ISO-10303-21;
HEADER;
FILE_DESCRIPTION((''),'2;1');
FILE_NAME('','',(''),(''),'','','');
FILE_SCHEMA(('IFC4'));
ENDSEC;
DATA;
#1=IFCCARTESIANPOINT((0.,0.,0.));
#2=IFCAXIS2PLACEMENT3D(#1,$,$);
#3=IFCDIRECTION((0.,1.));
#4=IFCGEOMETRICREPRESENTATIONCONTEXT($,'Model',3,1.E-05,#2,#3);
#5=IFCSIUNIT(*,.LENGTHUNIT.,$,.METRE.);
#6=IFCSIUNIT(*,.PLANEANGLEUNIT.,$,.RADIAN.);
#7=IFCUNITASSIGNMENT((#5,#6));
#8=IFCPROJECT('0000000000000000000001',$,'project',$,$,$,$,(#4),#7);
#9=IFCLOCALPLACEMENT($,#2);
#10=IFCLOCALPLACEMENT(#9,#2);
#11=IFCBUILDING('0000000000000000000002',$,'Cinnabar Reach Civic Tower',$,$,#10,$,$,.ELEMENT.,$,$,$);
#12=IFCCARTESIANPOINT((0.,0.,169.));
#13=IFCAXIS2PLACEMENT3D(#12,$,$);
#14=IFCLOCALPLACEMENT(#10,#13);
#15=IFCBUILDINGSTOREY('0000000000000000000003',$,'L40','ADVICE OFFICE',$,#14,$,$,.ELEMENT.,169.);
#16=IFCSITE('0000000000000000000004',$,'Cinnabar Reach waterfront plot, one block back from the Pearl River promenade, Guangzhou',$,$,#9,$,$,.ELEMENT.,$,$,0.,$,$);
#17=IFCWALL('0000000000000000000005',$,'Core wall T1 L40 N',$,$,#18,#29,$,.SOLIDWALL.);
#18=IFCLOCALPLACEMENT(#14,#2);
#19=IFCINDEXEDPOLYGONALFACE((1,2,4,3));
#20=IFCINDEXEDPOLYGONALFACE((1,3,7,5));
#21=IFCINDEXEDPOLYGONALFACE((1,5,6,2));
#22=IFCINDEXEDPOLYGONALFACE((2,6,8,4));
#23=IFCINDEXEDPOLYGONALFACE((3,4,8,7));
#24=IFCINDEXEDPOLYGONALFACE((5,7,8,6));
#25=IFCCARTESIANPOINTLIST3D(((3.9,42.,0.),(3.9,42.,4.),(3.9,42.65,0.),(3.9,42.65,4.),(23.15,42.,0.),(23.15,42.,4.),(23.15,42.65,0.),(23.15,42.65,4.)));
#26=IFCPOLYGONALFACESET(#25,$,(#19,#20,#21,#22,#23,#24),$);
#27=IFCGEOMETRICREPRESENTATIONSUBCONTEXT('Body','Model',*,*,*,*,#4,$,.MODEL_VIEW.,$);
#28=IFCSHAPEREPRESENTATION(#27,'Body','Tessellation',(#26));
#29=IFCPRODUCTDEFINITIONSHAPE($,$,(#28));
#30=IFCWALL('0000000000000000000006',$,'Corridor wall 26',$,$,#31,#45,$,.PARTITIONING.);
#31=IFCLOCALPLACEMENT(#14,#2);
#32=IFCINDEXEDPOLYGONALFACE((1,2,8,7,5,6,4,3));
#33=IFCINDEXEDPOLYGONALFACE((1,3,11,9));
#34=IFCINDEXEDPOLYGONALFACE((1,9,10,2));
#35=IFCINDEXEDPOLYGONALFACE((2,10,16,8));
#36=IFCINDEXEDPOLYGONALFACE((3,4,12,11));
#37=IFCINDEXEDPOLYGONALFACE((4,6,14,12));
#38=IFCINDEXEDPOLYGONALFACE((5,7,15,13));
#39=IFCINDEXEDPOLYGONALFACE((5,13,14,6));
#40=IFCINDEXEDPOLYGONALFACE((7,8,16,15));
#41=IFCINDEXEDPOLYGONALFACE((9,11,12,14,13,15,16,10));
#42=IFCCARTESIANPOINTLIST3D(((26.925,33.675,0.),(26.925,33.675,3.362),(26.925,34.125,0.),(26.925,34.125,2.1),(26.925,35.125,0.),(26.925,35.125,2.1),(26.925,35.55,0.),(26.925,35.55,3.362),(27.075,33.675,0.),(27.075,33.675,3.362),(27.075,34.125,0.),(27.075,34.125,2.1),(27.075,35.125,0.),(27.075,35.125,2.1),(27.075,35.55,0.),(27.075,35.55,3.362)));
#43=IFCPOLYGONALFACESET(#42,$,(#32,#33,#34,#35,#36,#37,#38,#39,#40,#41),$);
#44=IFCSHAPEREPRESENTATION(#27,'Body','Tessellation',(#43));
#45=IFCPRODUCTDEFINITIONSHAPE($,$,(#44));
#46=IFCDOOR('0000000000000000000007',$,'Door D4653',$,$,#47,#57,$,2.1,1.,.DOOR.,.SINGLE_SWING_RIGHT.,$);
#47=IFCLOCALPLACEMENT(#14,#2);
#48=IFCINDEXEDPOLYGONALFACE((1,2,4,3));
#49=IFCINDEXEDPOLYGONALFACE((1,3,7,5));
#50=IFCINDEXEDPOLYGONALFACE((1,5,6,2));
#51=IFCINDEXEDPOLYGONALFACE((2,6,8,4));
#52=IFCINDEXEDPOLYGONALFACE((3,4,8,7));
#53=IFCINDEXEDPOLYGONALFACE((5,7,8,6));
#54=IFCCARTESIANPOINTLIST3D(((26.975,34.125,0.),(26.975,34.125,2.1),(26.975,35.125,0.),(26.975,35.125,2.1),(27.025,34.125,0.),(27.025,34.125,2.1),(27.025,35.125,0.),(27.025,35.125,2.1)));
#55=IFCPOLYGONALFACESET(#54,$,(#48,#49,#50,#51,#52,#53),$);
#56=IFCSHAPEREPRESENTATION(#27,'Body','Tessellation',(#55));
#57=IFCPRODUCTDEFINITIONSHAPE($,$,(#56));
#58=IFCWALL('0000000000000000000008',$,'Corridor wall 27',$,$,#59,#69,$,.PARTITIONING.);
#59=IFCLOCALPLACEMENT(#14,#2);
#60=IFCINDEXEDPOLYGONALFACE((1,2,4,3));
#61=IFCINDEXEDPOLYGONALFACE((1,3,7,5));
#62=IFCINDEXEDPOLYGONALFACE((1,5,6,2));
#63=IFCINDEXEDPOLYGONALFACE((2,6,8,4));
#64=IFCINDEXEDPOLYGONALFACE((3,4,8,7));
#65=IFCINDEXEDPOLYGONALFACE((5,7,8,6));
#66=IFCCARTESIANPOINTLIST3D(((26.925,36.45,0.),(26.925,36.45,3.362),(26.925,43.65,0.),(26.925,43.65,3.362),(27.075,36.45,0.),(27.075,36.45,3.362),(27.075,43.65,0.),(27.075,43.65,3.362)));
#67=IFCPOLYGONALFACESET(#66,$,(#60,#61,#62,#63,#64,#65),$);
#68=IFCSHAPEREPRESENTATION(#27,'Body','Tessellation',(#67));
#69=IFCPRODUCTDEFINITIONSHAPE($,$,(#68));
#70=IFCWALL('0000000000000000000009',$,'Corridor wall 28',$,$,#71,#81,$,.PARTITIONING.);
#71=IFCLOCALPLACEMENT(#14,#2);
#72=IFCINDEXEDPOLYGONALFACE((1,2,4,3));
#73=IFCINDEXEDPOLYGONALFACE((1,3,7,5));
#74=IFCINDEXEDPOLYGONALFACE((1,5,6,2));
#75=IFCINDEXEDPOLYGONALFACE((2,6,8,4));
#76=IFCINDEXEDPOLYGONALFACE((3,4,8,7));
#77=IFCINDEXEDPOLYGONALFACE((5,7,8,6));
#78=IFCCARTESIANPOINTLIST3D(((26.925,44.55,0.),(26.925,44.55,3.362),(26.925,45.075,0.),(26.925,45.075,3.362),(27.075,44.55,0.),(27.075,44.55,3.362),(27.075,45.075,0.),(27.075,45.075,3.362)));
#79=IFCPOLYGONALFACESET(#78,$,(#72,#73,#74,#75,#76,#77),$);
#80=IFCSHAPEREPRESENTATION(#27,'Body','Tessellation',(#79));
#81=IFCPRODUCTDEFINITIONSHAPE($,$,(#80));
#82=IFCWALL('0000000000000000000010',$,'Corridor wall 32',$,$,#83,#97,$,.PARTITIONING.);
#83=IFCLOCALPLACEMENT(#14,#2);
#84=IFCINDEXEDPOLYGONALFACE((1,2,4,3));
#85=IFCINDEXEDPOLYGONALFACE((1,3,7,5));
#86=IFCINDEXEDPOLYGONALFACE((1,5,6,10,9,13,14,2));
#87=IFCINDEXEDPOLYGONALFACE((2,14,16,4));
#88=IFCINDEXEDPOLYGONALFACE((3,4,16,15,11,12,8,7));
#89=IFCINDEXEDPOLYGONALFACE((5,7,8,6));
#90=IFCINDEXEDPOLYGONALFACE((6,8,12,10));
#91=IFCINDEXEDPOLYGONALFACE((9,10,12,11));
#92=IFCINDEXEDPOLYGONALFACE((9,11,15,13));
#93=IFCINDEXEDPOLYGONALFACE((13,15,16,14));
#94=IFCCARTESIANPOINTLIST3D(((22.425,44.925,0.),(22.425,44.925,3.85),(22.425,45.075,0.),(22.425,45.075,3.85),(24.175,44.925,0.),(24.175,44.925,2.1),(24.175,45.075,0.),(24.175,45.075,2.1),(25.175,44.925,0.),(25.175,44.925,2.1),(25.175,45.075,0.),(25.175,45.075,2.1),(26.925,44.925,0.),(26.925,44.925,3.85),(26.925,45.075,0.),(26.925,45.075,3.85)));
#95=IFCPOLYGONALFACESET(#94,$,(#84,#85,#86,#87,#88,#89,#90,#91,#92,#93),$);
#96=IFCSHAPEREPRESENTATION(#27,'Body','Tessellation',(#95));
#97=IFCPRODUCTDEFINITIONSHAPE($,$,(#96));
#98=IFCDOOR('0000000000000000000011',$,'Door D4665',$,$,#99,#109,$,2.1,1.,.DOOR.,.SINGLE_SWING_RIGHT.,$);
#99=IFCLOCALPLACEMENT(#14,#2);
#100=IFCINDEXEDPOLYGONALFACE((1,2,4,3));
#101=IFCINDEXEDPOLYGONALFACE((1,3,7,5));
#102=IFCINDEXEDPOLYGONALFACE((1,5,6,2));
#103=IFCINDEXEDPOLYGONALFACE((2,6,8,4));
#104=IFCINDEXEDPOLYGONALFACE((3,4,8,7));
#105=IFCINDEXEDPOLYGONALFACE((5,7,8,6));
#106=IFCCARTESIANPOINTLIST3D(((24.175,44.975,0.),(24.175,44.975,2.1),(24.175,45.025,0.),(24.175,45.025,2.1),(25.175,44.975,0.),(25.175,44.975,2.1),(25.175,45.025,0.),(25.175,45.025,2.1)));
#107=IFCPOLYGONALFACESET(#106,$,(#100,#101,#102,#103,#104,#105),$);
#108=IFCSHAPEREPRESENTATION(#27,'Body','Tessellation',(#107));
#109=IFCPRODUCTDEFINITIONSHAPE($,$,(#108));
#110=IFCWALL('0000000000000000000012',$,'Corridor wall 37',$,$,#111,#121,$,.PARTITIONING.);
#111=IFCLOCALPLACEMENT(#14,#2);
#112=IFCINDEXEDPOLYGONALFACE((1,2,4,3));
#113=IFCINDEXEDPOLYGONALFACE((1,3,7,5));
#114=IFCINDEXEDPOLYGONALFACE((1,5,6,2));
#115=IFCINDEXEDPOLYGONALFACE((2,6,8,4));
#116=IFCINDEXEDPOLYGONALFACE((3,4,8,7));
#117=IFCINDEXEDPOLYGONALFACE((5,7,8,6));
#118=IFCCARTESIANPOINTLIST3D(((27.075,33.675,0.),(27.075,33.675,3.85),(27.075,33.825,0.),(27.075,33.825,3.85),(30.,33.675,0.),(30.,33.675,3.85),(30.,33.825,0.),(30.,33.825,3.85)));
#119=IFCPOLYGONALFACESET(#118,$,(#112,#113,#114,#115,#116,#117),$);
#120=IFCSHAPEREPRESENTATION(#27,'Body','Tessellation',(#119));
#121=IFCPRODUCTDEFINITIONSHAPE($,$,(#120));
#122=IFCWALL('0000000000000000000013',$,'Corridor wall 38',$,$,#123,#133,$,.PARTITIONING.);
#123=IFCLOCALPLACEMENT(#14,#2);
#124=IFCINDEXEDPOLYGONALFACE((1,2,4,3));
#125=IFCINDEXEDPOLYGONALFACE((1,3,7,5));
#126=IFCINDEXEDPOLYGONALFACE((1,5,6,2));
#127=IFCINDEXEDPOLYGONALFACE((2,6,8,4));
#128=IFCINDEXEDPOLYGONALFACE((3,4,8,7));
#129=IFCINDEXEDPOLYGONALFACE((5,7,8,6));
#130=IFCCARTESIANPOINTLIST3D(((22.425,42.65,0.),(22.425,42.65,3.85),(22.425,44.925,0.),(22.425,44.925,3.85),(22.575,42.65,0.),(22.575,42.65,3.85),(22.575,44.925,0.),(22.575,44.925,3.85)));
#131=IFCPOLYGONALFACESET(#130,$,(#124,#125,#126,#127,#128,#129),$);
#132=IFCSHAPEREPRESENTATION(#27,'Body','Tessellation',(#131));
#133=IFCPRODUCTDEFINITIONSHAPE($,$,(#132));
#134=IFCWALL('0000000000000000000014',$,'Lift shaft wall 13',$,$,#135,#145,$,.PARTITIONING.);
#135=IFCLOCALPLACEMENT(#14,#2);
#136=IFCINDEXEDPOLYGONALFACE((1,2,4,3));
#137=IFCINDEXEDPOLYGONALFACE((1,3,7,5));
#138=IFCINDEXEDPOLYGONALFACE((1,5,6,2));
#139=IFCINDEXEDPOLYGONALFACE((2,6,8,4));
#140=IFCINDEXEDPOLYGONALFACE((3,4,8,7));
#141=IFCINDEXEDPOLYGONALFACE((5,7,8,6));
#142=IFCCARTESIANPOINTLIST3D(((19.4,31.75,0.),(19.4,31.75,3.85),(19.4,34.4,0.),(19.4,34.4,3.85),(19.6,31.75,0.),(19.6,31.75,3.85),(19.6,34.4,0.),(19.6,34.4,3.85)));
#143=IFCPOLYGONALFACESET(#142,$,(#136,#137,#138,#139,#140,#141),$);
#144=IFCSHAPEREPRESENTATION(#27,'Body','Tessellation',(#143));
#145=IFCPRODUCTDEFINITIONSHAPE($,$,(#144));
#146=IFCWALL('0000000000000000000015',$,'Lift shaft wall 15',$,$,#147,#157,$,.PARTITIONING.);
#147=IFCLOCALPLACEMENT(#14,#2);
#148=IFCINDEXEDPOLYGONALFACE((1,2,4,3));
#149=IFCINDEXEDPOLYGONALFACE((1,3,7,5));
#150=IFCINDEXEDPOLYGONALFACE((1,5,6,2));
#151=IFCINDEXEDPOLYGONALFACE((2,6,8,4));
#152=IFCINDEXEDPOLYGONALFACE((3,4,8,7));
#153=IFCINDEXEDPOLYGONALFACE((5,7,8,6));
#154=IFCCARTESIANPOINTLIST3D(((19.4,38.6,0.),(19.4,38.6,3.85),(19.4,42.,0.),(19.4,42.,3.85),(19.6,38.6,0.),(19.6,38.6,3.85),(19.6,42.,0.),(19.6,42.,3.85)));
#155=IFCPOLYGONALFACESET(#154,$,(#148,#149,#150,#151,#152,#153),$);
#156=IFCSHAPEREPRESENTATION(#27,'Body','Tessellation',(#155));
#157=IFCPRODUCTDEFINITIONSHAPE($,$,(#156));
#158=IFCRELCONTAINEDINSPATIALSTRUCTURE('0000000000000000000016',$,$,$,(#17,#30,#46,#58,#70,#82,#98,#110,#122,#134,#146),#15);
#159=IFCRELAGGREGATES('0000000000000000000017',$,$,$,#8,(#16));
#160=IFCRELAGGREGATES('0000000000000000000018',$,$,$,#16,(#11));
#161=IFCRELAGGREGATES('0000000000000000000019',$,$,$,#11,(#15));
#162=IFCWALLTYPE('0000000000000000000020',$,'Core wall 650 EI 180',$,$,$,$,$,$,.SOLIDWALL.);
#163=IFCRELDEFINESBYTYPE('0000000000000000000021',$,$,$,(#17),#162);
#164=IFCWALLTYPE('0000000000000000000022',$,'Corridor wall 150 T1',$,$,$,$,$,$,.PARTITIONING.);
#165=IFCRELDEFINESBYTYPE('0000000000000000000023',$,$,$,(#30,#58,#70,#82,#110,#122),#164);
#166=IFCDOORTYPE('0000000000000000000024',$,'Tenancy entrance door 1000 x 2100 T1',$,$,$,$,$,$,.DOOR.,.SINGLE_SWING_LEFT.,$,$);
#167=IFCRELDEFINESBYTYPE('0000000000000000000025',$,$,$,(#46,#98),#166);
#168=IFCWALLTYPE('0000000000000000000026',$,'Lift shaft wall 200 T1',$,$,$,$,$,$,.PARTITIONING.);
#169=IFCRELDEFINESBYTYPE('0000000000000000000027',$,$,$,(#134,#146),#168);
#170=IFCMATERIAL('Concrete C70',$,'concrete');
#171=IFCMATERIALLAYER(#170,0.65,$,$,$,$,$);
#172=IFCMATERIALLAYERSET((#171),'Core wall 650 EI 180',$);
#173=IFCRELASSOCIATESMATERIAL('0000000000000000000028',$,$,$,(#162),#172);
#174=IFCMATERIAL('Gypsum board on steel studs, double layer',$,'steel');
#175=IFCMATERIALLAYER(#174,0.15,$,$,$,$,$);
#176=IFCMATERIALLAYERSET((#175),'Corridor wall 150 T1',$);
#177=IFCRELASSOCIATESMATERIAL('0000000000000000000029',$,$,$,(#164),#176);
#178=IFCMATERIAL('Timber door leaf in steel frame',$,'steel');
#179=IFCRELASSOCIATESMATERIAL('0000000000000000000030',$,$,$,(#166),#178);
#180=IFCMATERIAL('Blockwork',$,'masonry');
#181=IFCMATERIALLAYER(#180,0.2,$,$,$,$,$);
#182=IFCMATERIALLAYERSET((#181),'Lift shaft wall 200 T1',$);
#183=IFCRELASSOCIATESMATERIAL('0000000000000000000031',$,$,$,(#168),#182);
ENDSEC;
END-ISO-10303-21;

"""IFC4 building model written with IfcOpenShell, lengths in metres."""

from ifc_helpers import new_model, si_unit, direction, frame, frame_2d, origin, place, context, subcontext, project, spatial, rectangle, extrude, material, layer, layer_set, type_object, element, fill, save


model = new_model("IFC4")

# Units and contexts
model_context = context("Model", 3, precision=1e-05, world=origin(), true_north=direction((0.0, 1.0)))
body_context = subcontext(model_context, "Body", "Model", "MODEL_VIEW")
ifc_project = project(units=[si_unit("LENGTHUNIT", "METRE"), si_unit("PLANEANGLEUNIT", "RADIAN")], contexts=[model_context])

# Site, building, storey
site_placement = place(None, origin())
site = spatial("IfcSite", under=ifc_project, at=site_placement, Name="Cinnabar Reach waterfront plot, one block back from the Pearl River promenade, Guangzhou", CompositionType="ELEMENT", RefElevation=0.0)
building_placement = place(site_placement, origin())
building = spatial("IfcBuilding", under=site, at=building_placement, Name="Cinnabar Reach Civic Tower", CompositionType="ELEMENT")
storey_placement = place(building_placement, frame((0.0, 0.0, 169.0)))
storey = spatial("IfcBuildingStorey", under=building, at=storey_placement, Name="L40", Description="ADVICE OFFICE", CompositionType="ELEMENT", Elevation=169.0)

# Shared definitions
ifc_material_1 = material(Name="Concrete C70", Category="concrete")

# Wall
ifc_layer_1 = layer(ifc_material_1, 0.65)
ifc_layer_set_1 = layer_set([ifc_layer_1], Name="Core wall 650 EI 180")
wall_type_1 = type_object("IfcWallType", Name="Core wall 650 EI 180", PredefinedType="SOLIDWALL", material=ifc_layer_set_1)
wall_1_placement = place(storey_placement, frame((23.15, 42.325, 0.0), z_axis=(0.0, 0.0, 1.0), x_axis=(-1.0, 0.0, 0.0)))
element("IfcWall", 1, at=wall_1_placement, inside=storey, type_object=wall_type_1, Name="Core wall T1 L40 N", PredefinedType="SOLIDWALL", context=body_context, shape_type="SweptSolid", body=[
    extrude(rectangle(XDim=19.25, YDim=0.65, at=frame_2d((9.625, 0.0))), origin(), (0.0, 0.0, 1.0), 4.0),
])

# Wall, opening, door
ifc_material_2 = material(Name="Gypsum board on steel studs, double layer", Category="steel")
ifc_layer_2 = layer(ifc_material_2, 0.15)
ifc_layer_set_2 = layer_set([ifc_layer_2], Name="Corridor wall 150 T1")
wall_type_2 = type_object("IfcWallType", Name="Corridor wall 150 T1", PredefinedType="PARTITIONING", material=ifc_layer_set_2)
wall_2_placement = place(storey_placement, frame((27.0, 33.675, 0.0), z_axis=(0.0, 0.0, 1.0), x_axis=(0.0, 1.0, 0.0)))
wall_2 = element("IfcWall", 2, at=wall_2_placement, inside=storey, type_object=wall_type_2, Name="Corridor wall 26", PredefinedType="PARTITIONING", context=body_context, shape_type="SweptSolid", body=[
    extrude(rectangle(XDim=1.875, YDim=0.15, at=frame_2d((0.9375, 0.0))), origin(), (0.0, 0.0, 1.0), 3.362),
])
opening_1_placement = place(wall_2_placement, frame((0.45, 0.0, 0.0)))
opening_1 = element("IfcOpeningElement", 3, at=opening_1_placement, cuts=wall_2, PredefinedType="OPENING", context=body_context, shape_type="SweptSolid", body=[
    extrude(rectangle(XDim=1.0, YDim=2.1, at=frame_2d((0.5, 1.05))), frame((0.0, 0.085, 0.0), z_axis=(0.0, -1.0, 0.0), x_axis=(1.0, 0.0, 0.0)), (0.0, 0.0, 1.0), 0.17),
])
ifc_material_3 = material(Name="Timber door leaf in steel frame", Category="steel")
door_type_1 = type_object("IfcDoorType", Name="Tenancy entrance door 1000 x 2100 T1", OperationType="SINGLE_SWING_LEFT", PredefinedType="DOOR", material=ifc_material_3)
door_1_placement = place(opening_1_placement, frame((1.0, 0.0, 0.0), z_axis=(0.0, 0.0, 1.0), x_axis=(-1.0, 0.0, 0.0)))
door_1 = element("IfcDoor", 4, at=door_1_placement, inside=storey, type_object=door_type_1, Name="Door D4653", OperationType="SINGLE_SWING_RIGHT", OverallHeight=2.1, OverallWidth=1.0, PredefinedType="DOOR", context=body_context, shape_type="SweptSolid", body=[
    extrude(rectangle(XDim=1.0, YDim=2.1, at=frame_2d((0.5, 1.05))), frame((0.0, 0.025, 0.0), z_axis=(0.0, -1.0, 0.0), x_axis=(1.0, 0.0, 0.0)), (0.0, 0.0, 1.0), 0.05),
])
fill(opening_1, door_1)

# Walls
wall_3_placement = place(storey_placement, frame((27.0, 36.45, 0.0), z_axis=(0.0, 0.0, 1.0), x_axis=(0.0, 1.0, 0.0)))
element("IfcWall", 5, at=wall_3_placement, inside=storey, type_object=wall_type_2, Name="Corridor wall 27", PredefinedType="PARTITIONING", context=body_context, shape_type="SweptSolid", body=[
    extrude(rectangle(XDim=7.2, YDim=0.15, at=frame_2d((3.6, 0.0))), origin(), (0.0, 0.0, 1.0), 3.362),
])
wall_4_placement = place(storey_placement, frame((27.0, 44.55, 0.0), z_axis=(0.0, 0.0, 1.0), x_axis=(0.0, 1.0, 0.0)))
element("IfcWall", 6, at=wall_4_placement, inside=storey, type_object=wall_type_2, Name="Corridor wall 28", PredefinedType="PARTITIONING", context=body_context, shape_type="SweptSolid", body=[
    extrude(rectangle(XDim=0.525, YDim=0.15, at=frame_2d((0.2625, 0.0))), origin(), (0.0, 0.0, 1.0), 3.362),
])

# Wall, opening, door
wall_5_placement = place(storey_placement, frame((22.425, 45.0, 0.0), z_axis=(0.0, 0.0, 1.0), x_axis=(1.0, 0.0, 0.0)))
wall_5 = element("IfcWall", 7, at=wall_5_placement, inside=storey, type_object=wall_type_2, Name="Corridor wall 32", PredefinedType="PARTITIONING", context=body_context, shape_type="SweptSolid", body=[
    extrude(rectangle(XDim=4.5, YDim=0.15, at=frame_2d((2.25, 0.0))), origin(), (0.0, 0.0, 1.0), 3.85),
])
opening_2_placement = place(wall_5_placement, frame((1.75, 0.0, 0.0)))
opening_2 = element("IfcOpeningElement", 8, at=opening_2_placement, cuts=wall_5, PredefinedType="OPENING", context=body_context, shape_type="SweptSolid", body=[
    extrude(rectangle(XDim=1.0, YDim=2.1, at=frame_2d((0.5, 1.05))), frame((0.0, 0.085, 0.0), z_axis=(0.0, -1.0, 0.0), x_axis=(1.0, 0.0, 0.0)), (0.0, 0.0, 1.0), 0.17),
])
door_2_placement = place(opening_2_placement, frame((1.0, 0.0, 0.0), z_axis=(0.0, 0.0, 1.0), x_axis=(-1.0, 0.0, 0.0)))
door_2 = element("IfcDoor", 9, at=door_2_placement, inside=storey, type_object=door_type_1, Name="Door D4665", OperationType="SINGLE_SWING_RIGHT", OverallHeight=2.1, OverallWidth=1.0, PredefinedType="DOOR", context=body_context, shape_type="SweptSolid", body=[
    extrude(rectangle(XDim=1.0, YDim=2.1, at=frame_2d((0.5, 1.05))), frame((0.0, 0.025, 0.0), z_axis=(0.0, -1.0, 0.0), x_axis=(1.0, 0.0, 0.0)), (0.0, 0.0, 1.0), 0.05),
])
fill(opening_2, door_2)

# Walls
wall_6_placement = place(storey_placement, frame((27.075, 33.75, 0.0), z_axis=(0.0, 0.0, 1.0), x_axis=(1.0, 0.0, 0.0)))
element("IfcWall", 10, at=wall_6_placement, inside=storey, type_object=wall_type_2, Name="Corridor wall 37", PredefinedType="PARTITIONING", context=body_context, shape_type="SweptSolid", body=[
    extrude(rectangle(XDim=2.925, YDim=0.15, at=frame_2d((1.4625, 0.0))), origin(), (0.0, 0.0, 1.0), 3.85),
])
wall_7_placement = place(storey_placement, frame((22.5, 42.65, 0.0), z_axis=(0.0, 0.0, 1.0), x_axis=(0.0, 1.0, 0.0)))
element("IfcWall", 11, at=wall_7_placement, inside=storey, type_object=wall_type_2, Name="Corridor wall 38", PredefinedType="PARTITIONING", context=body_context, shape_type="SweptSolid", body=[
    extrude(rectangle(XDim=2.275, YDim=0.15, at=frame_2d((1.1375, 0.0))), origin(), (0.0, 0.0, 1.0), 3.85),
])
ifc_material_4 = material(Name="Blockwork", Category="masonry")
ifc_layer_3 = layer(ifc_material_4, 0.2)
ifc_layer_set_3 = layer_set([ifc_layer_3], Name="Lift shaft wall 200 T1")
wall_type_3 = type_object("IfcWallType", Name="Lift shaft wall 200 T1", PredefinedType="PARTITIONING", material=ifc_layer_set_3)
wall_8_placement = place(storey_placement, frame((19.5, 31.75, 0.0), z_axis=(0.0, 0.0, 1.0), x_axis=(0.0, 1.0, 0.0)))
element("IfcWall", 12, at=wall_8_placement, inside=storey, type_object=wall_type_3, Name="Lift shaft wall 13", PredefinedType="PARTITIONING", context=body_context, shape_type="SweptSolid", body=[
    extrude(rectangle(XDim=2.65, YDim=0.2, at=frame_2d((1.325, 0.0))), origin(), (0.0, 0.0, 1.0), 3.85),
])
wall_9_placement = place(storey_placement, frame((19.5, 38.6, 0.0), z_axis=(0.0, 0.0, 1.0), x_axis=(0.0, 1.0, 0.0)))
element("IfcWall", 13, at=wall_9_placement, inside=storey, type_object=wall_type_3, Name="Lift shaft wall 15", PredefinedType="PARTITIONING", context=body_context, shape_type="SweptSolid", body=[
    extrude(rectangle(XDim=3.4, YDim=0.2, at=frame_2d((1.7, 0.0))), origin(), (0.0, 0.0, 1.0), 3.85),
])

save(model, "model.ifc")
